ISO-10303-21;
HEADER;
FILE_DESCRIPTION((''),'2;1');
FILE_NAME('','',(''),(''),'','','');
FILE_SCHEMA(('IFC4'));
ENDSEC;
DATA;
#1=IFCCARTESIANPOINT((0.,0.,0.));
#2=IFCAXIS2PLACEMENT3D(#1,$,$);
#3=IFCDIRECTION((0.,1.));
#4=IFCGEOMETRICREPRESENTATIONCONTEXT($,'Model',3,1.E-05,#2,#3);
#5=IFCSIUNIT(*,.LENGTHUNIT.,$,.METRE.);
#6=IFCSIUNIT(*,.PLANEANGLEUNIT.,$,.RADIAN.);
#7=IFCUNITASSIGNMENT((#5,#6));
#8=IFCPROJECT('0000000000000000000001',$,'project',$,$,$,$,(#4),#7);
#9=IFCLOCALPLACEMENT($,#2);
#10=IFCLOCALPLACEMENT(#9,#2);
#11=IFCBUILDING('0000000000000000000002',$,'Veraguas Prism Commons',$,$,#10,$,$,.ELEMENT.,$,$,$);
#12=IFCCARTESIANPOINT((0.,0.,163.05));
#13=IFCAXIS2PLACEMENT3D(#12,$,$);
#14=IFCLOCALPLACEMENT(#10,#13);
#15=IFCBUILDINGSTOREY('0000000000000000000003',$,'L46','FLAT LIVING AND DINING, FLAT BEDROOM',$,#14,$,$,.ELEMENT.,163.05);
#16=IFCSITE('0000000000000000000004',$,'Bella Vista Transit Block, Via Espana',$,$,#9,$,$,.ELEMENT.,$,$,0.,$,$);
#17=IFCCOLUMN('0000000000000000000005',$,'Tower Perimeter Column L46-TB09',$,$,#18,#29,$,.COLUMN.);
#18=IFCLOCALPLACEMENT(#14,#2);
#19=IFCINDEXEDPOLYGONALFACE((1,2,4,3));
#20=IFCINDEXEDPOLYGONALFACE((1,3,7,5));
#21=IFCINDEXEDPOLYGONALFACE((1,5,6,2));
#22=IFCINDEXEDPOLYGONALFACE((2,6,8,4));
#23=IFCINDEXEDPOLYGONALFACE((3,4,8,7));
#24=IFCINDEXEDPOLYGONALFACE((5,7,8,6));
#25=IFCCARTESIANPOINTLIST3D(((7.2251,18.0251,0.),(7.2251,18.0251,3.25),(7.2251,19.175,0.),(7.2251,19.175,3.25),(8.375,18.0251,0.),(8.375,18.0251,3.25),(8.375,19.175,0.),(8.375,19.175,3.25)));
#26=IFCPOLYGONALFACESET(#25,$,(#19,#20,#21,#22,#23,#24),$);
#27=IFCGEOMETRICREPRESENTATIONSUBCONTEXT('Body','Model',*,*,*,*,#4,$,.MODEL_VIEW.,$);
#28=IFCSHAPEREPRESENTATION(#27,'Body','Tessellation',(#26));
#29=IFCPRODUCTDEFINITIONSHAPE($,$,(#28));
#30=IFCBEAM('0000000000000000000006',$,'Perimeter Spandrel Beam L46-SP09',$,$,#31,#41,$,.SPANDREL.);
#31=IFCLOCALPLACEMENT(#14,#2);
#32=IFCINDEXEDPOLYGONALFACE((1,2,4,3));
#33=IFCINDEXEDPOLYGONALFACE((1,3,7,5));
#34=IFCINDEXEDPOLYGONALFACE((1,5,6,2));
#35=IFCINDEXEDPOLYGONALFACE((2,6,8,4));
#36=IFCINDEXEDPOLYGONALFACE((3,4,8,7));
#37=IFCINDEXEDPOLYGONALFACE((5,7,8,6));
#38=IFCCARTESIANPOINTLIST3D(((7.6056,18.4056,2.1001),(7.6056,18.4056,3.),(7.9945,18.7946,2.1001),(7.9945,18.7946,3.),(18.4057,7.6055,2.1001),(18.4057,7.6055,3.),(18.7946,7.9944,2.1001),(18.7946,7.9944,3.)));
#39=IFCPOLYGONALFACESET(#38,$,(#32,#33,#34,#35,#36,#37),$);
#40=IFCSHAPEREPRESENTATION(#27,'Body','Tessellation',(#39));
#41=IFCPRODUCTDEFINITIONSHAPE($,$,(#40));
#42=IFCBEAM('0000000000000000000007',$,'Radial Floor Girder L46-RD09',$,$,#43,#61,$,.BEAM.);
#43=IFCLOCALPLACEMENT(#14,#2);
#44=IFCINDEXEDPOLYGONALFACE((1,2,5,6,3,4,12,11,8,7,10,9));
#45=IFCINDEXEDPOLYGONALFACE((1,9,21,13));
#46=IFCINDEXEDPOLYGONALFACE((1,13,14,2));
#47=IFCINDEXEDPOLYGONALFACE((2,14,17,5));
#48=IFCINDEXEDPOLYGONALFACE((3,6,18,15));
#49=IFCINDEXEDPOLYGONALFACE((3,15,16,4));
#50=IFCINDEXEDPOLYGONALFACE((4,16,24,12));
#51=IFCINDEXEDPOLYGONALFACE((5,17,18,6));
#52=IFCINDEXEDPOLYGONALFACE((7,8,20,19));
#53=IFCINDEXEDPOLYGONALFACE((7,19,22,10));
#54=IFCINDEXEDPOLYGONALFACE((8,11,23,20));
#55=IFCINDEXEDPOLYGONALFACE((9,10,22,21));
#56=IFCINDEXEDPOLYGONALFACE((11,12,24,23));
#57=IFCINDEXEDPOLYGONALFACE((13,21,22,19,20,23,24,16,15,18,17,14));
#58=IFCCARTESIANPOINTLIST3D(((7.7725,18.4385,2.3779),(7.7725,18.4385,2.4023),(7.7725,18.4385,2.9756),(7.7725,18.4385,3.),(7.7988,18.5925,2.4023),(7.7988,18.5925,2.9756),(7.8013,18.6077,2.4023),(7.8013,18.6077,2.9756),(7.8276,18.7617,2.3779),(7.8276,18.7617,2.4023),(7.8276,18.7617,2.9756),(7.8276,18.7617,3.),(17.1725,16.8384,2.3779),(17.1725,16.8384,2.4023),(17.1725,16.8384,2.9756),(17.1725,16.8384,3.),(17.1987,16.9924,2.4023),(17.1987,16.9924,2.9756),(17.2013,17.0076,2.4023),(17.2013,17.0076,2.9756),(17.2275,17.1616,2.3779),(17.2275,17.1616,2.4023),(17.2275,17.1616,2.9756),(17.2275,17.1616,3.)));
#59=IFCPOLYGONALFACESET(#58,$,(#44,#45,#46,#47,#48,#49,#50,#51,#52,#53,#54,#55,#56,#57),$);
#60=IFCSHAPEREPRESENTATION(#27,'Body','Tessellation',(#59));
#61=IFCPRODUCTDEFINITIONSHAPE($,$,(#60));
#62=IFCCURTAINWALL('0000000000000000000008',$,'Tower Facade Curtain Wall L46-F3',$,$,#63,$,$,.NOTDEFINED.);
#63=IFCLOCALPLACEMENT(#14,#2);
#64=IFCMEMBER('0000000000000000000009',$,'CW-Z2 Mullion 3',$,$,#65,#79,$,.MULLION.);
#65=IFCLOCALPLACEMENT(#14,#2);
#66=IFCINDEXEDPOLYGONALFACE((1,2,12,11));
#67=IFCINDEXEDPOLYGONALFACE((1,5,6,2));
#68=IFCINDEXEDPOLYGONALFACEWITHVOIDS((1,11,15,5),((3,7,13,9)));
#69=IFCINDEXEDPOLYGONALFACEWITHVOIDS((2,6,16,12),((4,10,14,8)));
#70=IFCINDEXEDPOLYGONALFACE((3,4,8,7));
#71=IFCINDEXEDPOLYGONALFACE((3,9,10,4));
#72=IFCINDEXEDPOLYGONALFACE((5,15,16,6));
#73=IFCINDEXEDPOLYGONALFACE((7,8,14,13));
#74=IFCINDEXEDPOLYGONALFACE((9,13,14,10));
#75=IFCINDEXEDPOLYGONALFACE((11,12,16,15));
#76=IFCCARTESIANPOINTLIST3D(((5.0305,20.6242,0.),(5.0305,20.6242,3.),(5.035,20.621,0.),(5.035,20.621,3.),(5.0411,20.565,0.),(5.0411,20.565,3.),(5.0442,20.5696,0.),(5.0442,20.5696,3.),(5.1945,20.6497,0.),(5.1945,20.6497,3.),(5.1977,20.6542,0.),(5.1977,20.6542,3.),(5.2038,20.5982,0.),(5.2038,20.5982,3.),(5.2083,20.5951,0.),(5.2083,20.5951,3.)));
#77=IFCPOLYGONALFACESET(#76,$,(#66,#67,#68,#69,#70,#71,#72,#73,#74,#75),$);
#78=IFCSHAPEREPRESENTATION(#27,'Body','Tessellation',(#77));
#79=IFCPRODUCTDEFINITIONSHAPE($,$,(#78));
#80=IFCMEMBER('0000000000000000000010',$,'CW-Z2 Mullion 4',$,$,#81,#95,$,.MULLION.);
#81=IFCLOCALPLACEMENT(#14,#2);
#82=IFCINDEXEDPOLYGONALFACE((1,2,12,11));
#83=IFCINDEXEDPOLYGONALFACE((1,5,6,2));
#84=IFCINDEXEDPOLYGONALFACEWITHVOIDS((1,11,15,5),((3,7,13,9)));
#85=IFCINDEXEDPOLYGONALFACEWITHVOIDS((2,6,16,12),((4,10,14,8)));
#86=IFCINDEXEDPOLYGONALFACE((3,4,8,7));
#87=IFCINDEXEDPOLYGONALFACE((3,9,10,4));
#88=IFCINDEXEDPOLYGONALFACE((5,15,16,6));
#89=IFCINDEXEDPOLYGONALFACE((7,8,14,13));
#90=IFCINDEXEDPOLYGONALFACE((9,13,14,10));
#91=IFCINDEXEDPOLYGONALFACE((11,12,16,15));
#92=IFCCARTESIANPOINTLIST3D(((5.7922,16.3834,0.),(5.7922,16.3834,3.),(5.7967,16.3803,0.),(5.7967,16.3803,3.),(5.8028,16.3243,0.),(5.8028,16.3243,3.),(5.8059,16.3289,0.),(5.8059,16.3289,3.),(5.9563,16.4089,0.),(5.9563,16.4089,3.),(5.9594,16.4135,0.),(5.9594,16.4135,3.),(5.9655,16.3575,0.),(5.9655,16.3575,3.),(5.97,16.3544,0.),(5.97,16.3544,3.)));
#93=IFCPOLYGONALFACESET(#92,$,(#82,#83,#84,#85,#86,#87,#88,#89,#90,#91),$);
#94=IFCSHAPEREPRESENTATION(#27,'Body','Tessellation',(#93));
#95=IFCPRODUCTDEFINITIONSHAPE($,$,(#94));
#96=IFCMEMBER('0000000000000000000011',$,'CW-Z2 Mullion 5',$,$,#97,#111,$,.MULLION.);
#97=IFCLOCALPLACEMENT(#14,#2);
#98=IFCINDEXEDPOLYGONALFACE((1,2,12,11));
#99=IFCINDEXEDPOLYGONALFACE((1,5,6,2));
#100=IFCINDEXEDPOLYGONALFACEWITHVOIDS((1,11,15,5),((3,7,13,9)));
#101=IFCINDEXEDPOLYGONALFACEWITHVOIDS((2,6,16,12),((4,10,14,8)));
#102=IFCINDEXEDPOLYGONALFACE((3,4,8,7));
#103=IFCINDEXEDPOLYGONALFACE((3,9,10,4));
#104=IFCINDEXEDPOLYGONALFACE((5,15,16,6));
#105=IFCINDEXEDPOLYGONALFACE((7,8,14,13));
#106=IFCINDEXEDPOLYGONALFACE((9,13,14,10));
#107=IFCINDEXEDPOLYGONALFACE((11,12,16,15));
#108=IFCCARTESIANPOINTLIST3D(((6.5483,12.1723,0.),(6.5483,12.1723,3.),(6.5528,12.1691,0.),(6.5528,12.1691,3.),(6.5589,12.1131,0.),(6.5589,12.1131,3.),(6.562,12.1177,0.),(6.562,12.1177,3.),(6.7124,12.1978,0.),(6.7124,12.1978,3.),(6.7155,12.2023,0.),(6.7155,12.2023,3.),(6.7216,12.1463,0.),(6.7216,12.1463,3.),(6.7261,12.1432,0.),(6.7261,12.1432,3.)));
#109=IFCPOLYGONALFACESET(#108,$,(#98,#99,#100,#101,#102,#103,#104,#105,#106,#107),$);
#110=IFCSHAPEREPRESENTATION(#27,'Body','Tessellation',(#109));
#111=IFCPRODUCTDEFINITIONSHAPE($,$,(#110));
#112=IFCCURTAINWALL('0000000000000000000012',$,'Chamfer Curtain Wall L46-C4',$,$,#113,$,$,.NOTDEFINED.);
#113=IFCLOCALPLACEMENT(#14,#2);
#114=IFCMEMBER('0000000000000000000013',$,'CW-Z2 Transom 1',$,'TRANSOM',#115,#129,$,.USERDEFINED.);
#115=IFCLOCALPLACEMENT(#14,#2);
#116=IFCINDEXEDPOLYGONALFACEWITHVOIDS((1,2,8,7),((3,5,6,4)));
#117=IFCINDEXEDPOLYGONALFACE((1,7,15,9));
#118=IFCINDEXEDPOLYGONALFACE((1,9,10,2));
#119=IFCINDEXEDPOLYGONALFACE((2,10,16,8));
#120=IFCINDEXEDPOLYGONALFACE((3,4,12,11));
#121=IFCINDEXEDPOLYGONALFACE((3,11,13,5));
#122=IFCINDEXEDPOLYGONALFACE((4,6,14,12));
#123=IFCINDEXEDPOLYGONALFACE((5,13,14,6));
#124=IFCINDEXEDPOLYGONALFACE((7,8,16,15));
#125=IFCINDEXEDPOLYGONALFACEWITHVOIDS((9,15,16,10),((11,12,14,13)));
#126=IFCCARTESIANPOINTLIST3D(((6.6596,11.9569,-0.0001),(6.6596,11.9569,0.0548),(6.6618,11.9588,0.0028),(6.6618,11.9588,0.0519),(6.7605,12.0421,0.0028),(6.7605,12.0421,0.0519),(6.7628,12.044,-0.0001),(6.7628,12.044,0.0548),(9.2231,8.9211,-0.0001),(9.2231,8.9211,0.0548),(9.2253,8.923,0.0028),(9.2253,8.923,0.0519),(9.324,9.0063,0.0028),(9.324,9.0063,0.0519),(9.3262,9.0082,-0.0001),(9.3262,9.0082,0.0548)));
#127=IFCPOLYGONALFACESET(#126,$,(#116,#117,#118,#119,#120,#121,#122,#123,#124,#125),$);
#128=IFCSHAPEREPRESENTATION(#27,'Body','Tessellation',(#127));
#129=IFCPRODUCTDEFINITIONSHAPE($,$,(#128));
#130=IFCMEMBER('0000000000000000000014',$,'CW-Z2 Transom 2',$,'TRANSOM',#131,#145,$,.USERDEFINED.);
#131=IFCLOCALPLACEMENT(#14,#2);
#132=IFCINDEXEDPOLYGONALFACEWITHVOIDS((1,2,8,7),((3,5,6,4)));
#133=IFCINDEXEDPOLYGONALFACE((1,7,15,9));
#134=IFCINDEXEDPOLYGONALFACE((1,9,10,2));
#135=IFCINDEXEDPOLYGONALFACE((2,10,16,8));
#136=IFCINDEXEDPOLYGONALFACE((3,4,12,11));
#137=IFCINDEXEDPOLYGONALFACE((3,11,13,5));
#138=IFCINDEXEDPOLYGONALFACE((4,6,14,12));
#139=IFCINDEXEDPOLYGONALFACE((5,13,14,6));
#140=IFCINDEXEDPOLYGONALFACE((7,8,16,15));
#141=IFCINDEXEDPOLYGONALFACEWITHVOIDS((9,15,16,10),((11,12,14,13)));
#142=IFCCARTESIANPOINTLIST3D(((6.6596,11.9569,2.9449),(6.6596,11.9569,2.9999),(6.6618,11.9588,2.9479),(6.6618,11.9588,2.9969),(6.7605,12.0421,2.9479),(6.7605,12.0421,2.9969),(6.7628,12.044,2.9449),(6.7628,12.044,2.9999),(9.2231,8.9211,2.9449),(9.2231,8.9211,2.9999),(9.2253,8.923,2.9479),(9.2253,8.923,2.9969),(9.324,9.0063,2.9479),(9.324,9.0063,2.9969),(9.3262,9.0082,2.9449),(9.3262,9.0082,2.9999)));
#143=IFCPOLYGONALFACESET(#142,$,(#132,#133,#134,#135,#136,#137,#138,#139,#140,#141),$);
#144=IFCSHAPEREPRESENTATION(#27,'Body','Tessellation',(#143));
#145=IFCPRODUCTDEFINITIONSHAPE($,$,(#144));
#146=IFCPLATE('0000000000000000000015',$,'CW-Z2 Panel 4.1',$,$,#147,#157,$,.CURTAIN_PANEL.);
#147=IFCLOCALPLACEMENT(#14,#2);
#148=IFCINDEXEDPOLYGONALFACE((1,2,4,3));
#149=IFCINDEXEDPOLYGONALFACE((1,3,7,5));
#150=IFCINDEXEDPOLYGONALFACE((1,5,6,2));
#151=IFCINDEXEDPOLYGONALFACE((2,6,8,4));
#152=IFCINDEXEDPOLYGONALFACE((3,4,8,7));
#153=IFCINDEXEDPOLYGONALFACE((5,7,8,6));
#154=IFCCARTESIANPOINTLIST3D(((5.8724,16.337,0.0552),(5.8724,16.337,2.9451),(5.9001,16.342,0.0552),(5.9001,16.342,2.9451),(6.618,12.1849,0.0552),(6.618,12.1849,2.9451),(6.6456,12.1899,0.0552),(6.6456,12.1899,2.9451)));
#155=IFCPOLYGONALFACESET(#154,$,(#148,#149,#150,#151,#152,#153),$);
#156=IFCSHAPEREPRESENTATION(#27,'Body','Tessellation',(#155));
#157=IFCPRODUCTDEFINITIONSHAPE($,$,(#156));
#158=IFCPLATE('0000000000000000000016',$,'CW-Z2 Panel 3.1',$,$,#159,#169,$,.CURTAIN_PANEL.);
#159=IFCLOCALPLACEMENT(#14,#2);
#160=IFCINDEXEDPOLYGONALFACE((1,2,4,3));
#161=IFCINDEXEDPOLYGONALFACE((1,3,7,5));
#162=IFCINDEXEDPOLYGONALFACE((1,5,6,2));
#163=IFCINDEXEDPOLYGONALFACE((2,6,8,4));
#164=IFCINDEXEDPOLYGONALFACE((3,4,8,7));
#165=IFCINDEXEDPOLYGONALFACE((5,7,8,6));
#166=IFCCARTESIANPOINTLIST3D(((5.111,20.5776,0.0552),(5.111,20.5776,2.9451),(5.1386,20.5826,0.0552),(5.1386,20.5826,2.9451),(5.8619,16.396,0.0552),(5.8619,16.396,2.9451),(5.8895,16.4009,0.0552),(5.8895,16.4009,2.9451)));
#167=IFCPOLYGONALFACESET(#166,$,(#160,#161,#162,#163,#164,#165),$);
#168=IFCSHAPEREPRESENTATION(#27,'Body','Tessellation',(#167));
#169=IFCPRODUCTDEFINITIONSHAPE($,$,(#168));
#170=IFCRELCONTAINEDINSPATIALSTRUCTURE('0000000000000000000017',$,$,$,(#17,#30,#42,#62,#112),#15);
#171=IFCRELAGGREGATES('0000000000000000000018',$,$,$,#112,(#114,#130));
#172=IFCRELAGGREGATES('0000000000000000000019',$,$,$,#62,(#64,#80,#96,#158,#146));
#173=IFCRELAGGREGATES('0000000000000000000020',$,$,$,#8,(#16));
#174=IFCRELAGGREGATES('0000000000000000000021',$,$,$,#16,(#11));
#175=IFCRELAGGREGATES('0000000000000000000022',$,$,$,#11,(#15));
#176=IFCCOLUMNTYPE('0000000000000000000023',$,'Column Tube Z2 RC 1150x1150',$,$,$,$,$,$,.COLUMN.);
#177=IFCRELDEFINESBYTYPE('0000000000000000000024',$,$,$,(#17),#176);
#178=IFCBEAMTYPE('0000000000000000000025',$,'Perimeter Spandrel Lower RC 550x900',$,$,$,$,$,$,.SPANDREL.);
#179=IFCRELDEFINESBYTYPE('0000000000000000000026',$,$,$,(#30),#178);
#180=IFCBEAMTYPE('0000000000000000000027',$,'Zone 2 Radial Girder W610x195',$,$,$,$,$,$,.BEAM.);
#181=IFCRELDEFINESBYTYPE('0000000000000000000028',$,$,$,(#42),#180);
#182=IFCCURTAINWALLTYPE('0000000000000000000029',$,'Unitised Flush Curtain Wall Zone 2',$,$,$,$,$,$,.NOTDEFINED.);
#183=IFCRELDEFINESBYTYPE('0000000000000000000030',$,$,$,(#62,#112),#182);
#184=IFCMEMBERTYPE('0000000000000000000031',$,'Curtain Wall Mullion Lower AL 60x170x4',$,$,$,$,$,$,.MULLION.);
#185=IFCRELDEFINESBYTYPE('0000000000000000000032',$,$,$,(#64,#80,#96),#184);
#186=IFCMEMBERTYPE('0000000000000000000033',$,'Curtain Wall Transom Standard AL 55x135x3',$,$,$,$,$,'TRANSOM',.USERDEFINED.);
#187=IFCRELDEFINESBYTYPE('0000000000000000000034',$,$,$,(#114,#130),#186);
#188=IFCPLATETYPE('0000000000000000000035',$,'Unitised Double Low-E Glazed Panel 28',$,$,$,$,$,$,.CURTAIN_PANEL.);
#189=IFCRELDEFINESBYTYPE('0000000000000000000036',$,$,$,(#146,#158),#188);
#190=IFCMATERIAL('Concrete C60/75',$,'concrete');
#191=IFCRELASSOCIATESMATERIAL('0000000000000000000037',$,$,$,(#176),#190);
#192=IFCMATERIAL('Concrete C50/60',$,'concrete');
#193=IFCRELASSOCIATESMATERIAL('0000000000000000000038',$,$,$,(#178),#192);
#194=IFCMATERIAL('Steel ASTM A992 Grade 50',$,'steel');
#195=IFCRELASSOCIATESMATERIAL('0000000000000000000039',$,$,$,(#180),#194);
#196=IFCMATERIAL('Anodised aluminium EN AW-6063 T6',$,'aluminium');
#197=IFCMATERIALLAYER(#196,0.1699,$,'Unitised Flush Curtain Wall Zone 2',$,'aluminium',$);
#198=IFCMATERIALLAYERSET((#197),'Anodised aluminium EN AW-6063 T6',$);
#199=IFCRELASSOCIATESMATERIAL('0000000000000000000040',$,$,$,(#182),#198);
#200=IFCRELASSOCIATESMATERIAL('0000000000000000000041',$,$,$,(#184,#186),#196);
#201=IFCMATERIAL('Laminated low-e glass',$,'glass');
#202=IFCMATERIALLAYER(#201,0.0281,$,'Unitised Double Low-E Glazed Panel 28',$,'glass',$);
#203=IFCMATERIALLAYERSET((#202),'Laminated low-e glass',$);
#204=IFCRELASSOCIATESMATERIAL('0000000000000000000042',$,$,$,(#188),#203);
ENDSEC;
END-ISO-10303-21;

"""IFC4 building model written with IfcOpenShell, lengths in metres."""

from ifc_helpers import new_model, si_unit, direction, frame, origin, origin_2d, place, context, subcontext, project, spatial, rectangle, hollow_rectangle, i_section, extrude, source, transform, mapped, material, layer, layer_set, material_profile, profile_set, type_object, element, aggregate, save


model = new_model("IFC4")

# Units and contexts
model_context = context("Model", 3, precision=1e-05, world=origin(), true_north=direction((0.0, 1.0)))
body_context = subcontext(model_context, "Body", "Model", "MODEL_VIEW")
ifc_project = project(units=[si_unit("LENGTHUNIT", "METRE"), si_unit("PLANEANGLEUNIT", "RADIAN")], contexts=[model_context])

# Site, building, storey
site_placement = place(None, origin())
site = spatial("IfcSite", under=ifc_project, at=site_placement, Name="Bella Vista Transit Block, Via Espana", CompositionType="ELEMENT", RefElevation=0.0)
building_placement = place(site_placement, origin())
building = spatial("IfcBuilding", under=site, at=building_placement, Name="Veraguas Prism Commons", CompositionType="ELEMENT")
storey_placement = place(building_placement, frame((0.0, 0.0, 163.05)))
storey = spatial("IfcBuildingStorey", under=building, at=storey_placement, Name="L46", Description="FLAT LIVING AND DINING, FLAT BEDROOM", CompositionType="ELEMENT", Elevation=163.05)

# Column
ifc_material_1 = material(Name="Concrete C60/75", Category="concrete")
ifc_material_profile_1 = material_profile(ifc_material_1, rectangle(XDim=1.1499, YDim=1.1499, at=origin_2d()), Name="RC1150X1150")
ifc_profile_set_1 = profile_set([ifc_material_profile_1], Name="Concrete C60/75")
column_type = type_object("IfcColumnType", Name="Column Tube Z2 RC 1150x1150", PredefinedType="COLUMN", material=ifc_profile_set_1)
column_placement = place(storey_placement, frame((7.8, 18.6001, 0.0), z_axis=(0.0, 0.0, 1.0), x_axis=(1.0, 0.0, 0.0)))
element("IfcColumn", 1, at=column_placement, inside=storey, type_object=column_type, Name="Tower Perimeter Column L46-TB09", PredefinedType="COLUMN", context=body_context, shape_type="SweptSolid", body=[
    extrude(rectangle(XDim=1.1499, YDim=1.1499, at=origin_2d()), origin(), (0.0, 0.0, 1.0), 3.25),
])

# Beams
ifc_material_2 = material(Name="Concrete C50/60", Category="concrete")
ifc_material_profile_2 = material_profile(ifc_material_2, rectangle(XDim=0.55, YDim=0.8999, at=origin_2d()), Name="RC550X900")
ifc_profile_set_2 = profile_set([ifc_material_profile_2], Name="Concrete C50/60")
beam_type_1 = type_object("IfcBeamType", Name="Perimeter Spandrel Lower RC 550x900", PredefinedType="SPANDREL", material=ifc_profile_set_2)
beam_1_placement = place(storey_placement, frame((7.8, 18.6001, 2.55), z_axis=(0.707107, -0.707107, 0.0), x_axis=(0.707107, 0.707107, 0.0)))
element("IfcBeam", 2, at=beam_1_placement, inside=storey, type_object=beam_type_1, Name="Perimeter Spandrel Beam L46-SP09", PredefinedType="SPANDREL", context=body_context, shape_type="SweptSolid", body=[
    extrude(rectangle(XDim=0.55, YDim=0.8999, at=origin_2d()), origin(), (0.0, 0.0, 1.0), 15.2737),
])
ifc_material_3 = material(Name="Steel ASTM A992 Grade 50", Category="steel")
ifc_material_profile_3 = material_profile(ifc_material_3, i_section(OverallWidth=0.3279, OverallDepth=0.6221, WebThickness=0.0154, FlangeThickness=0.0244, at=origin_2d()), Name="W610X195")
ifc_profile_set_3 = profile_set([ifc_material_profile_3], Name="Steel ASTM A992 Grade 50")
beam_type_2 = type_object("IfcBeamType", Name="Zone 2 Radial Girder W610x195", PredefinedType="BEAM", material=ifc_profile_set_3)
beam_2_placement = place(storey_placement, frame((7.8, 18.6001, 2.689), z_axis=(0.985819, -0.167811, 0.0), x_axis=(0.167811, 0.985819, 0.0)))
element("IfcBeam", 3, at=beam_2_placement, inside=storey, type_object=beam_type_2, Name="Radial Floor Girder L46-RD09", PredefinedType="BEAM", context=body_context, shape_type="SweptSolid", body=[
    extrude(i_section(OverallWidth=0.3279, OverallDepth=0.6221, WebThickness=0.0154, FlangeThickness=0.0244, at=origin_2d()), origin(), (0.0, 0.0, 1.0), 9.5352),
])

# Curtain walls, members
ifc_material_4 = material(Name="Anodised aluminium EN AW-6063 T6", Category="aluminium")
ifc_layer_1 = layer(ifc_material_4, 0.1699, Name="Unitised Flush Curtain Wall Zone 2", Category="aluminium")
ifc_layer_set_1 = layer_set([ifc_layer_1], Name="Anodised aluminium EN AW-6063 T6")
curtain_wall_type = type_object("IfcCurtainWallType", Name="Unitised Flush Curtain Wall Zone 2", PredefinedType="NOTDEFINED", material=ifc_layer_set_1)
curtain_wall_1_placement = place(storey_placement, origin())
curtain_wall_1 = element("IfcCurtainWall", 4, at=curtain_wall_1_placement, inside=storey, type_object=curtain_wall_type, Name="Tower Facade Curtain Wall L46-F3", PredefinedType="NOTDEFINED")
ifc_material_profile_4 = material_profile(ifc_material_4, hollow_rectangle(XDim=0.0601, YDim=0.1699, WallThickness=0.0039, at=origin_2d()), Name="AL60X170X4")
ifc_profile_set_4 = profile_set([ifc_material_profile_4], Name="Anodised aluminium EN AW-6063 T6")
member_type_1 = type_object("IfcMemberType", Name="Curtain Wall Mullion Lower AL 60x170x4", PredefinedType="MULLION", material=ifc_profile_set_4)
shared_shape_1 = source(origin(), body_context, "Body", "SweptSolid", [
    extrude(hollow_rectangle(XDim=0.0601, YDim=0.1699, WallThickness=0.0039, at=origin_2d()), origin(), (0.0, 0.0, 1.0), 3.0),
])
member_1_placement = place(storey_placement, frame((5.1194, 20.6096, 0.0), z_axis=(0.0, 0.0, 1.0), x_axis=(0.176741, -0.984257, 0.0)))
member_1 = element("IfcMember", 5, at=member_1_placement, type_object=member_type_1, Name="CW-Z2 Mullion 3", PredefinedType="MULLION", context=body_context, shape_type="MappedRepresentation", body=[
    mapped(shared_shape_1, transform((0.0, 0.0, 0.0), scale=1.0)),
])
member_2_placement = place(storey_placement, frame((5.8811, 16.3689, 0.0), z_axis=(0.0, 0.0, 1.0), x_axis=(0.176741, -0.984257, 0.0)))
member_2 = element("IfcMember", 6, at=member_2_placement, type_object=member_type_1, Name="CW-Z2 Mullion 4", PredefinedType="MULLION", context=body_context, shape_type="MappedRepresentation", body=[
    mapped(shared_shape_1, transform((0.0, 0.0, 0.0), scale=1.0)),
])
member_3_placement = place(storey_placement, frame((6.6372, 12.1577, 0.0), z_axis=(0.0, 0.0, 1.0), x_axis=(0.176741, -0.984257, 0.0)))
member_3 = element("IfcMember", 7, at=member_3_placement, type_object=member_type_1, Name="CW-Z2 Mullion 5", PredefinedType="MULLION", context=body_context, shape_type="MappedRepresentation", body=[
    mapped(shared_shape_1, transform((0.0, 0.0, 0.0), scale=1.0)),
])
curtain_wall_2_placement = place(storey_placement, origin())
curtain_wall_2 = element("IfcCurtainWall", 8, at=curtain_wall_2_placement, inside=storey, type_object=curtain_wall_type, Name="Chamfer Curtain Wall L46-C4", PredefinedType="NOTDEFINED")
ifc_material_profile_5 = material_profile(ifc_material_4, hollow_rectangle(XDim=0.0549, YDim=0.135, WallThickness=0.0029, at=origin_2d()), Name="AL55X135X3")
ifc_profile_set_5 = profile_set([ifc_material_profile_5], Name="Anodised aluminium EN AW-6063 T6")
member_type_2 = type_object("IfcMemberType", Name="Curtain Wall Transom Standard AL 55x135x3", ElementType="TRANSOM", PredefinedType="USERDEFINED", material=ifc_profile_set_5)
shared_shape_2 = source(origin(), body_context, "Body", "SweptSolid", [
    extrude(hollow_rectangle(XDim=0.0549, YDim=0.135, WallThickness=0.0029, at=origin_2d()), origin(), (0.0, 0.0, 1.0), 3.9734),
])
member_4_placement = place(storey_placement, frame((6.7112, 12.0005, 0.0273), z_axis=(0.645157, -0.76405, 0.0), x_axis=(0.0, 0.0, 1.0)))
member_4 = element("IfcMember", 9, at=member_4_placement, type_object=member_type_2, Name="CW-Z2 Transom 1", ObjectType="TRANSOM", PredefinedType="USERDEFINED", context=body_context, shape_type="MappedRepresentation", body=[
    mapped(shared_shape_2, transform((0.0, 0.0, 0.0), scale=1.0)),
])
member_5_placement = place(storey_placement, frame((6.7112, 12.0005, 2.9724), z_axis=(0.645157, -0.76405, 0.0), x_axis=(0.0, 0.0, 1.0)))
member_5 = element("IfcMember", 10, at=member_5_placement, type_object=member_type_2, Name="CW-Z2 Transom 2", ObjectType="TRANSOM", PredefinedType="USERDEFINED", context=body_context, shape_type="MappedRepresentation", body=[
    mapped(shared_shape_2, transform((0.0, 0.0, 0.0), scale=1.0)),
])
aggregate(curtain_wall_2, [member_4, member_5])

# Plates
ifc_material_5 = material(Name="Laminated low-e glass", Category="glass")
ifc_layer_2 = layer(ifc_material_5, 0.0281, Name="Unitised Double Low-E Glazed Panel 28", Category="glass")
ifc_layer_set_2 = layer_set([ifc_layer_2], Name="Laminated low-e glass")
plate_type = type_object("IfcPlateType", Name="Unitised Double Low-E Glazed Panel 28", PredefinedType="CURTAIN_PANEL", material=ifc_layer_set_2)
shared_shape_3 = source(origin(), body_context, "Body", "SweptSolid", [
    extrude(rectangle(XDim=4.2185, YDim=0.0281, at=origin_2d()), origin(), (0.0, 0.0, 1.0), 2.8899),
])
plate_1_placement = place(storey_placement, frame((6.259, 14.2634, 0.0552), z_axis=(0.0, 0.0, 1.0), x_axis=(0.176741, -0.984257, 0.0)))
plate_1 = element("IfcPlate", 11, at=plate_1_placement, type_object=plate_type, Name="CW-Z2 Panel 4.1", PredefinedType="CURTAIN_PANEL", context=body_context, shape_type="MappedRepresentation", body=[
    mapped(shared_shape_3, transform((0.0, 0.0, 0.0), scale=1.0)),
])
shared_shape_4 = source(origin(), body_context, "Body", "SweptSolid", [
    extrude(rectangle(XDim=4.2485, YDim=0.0281, at=origin_2d()), origin(), (0.0, 0.0, 1.0), 2.8899),
])
plate_2_placement = place(storey_placement, frame((5.5002, 18.4893, 0.0552), z_axis=(0.0, 0.0, 1.0), x_axis=(0.176741, -0.984257, 0.0)))
plate_2 = element("IfcPlate", 12, at=plate_2_placement, type_object=plate_type, Name="CW-Z2 Panel 3.1", PredefinedType="CURTAIN_PANEL", context=body_context, shape_type="MappedRepresentation", body=[
    mapped(shared_shape_4, transform((0.0, 0.0, 0.0), scale=1.0)),
])
aggregate(curtain_wall_1, [member_1, member_2, member_3, plate_2, plate_1])

save(model, "model.ifc")
